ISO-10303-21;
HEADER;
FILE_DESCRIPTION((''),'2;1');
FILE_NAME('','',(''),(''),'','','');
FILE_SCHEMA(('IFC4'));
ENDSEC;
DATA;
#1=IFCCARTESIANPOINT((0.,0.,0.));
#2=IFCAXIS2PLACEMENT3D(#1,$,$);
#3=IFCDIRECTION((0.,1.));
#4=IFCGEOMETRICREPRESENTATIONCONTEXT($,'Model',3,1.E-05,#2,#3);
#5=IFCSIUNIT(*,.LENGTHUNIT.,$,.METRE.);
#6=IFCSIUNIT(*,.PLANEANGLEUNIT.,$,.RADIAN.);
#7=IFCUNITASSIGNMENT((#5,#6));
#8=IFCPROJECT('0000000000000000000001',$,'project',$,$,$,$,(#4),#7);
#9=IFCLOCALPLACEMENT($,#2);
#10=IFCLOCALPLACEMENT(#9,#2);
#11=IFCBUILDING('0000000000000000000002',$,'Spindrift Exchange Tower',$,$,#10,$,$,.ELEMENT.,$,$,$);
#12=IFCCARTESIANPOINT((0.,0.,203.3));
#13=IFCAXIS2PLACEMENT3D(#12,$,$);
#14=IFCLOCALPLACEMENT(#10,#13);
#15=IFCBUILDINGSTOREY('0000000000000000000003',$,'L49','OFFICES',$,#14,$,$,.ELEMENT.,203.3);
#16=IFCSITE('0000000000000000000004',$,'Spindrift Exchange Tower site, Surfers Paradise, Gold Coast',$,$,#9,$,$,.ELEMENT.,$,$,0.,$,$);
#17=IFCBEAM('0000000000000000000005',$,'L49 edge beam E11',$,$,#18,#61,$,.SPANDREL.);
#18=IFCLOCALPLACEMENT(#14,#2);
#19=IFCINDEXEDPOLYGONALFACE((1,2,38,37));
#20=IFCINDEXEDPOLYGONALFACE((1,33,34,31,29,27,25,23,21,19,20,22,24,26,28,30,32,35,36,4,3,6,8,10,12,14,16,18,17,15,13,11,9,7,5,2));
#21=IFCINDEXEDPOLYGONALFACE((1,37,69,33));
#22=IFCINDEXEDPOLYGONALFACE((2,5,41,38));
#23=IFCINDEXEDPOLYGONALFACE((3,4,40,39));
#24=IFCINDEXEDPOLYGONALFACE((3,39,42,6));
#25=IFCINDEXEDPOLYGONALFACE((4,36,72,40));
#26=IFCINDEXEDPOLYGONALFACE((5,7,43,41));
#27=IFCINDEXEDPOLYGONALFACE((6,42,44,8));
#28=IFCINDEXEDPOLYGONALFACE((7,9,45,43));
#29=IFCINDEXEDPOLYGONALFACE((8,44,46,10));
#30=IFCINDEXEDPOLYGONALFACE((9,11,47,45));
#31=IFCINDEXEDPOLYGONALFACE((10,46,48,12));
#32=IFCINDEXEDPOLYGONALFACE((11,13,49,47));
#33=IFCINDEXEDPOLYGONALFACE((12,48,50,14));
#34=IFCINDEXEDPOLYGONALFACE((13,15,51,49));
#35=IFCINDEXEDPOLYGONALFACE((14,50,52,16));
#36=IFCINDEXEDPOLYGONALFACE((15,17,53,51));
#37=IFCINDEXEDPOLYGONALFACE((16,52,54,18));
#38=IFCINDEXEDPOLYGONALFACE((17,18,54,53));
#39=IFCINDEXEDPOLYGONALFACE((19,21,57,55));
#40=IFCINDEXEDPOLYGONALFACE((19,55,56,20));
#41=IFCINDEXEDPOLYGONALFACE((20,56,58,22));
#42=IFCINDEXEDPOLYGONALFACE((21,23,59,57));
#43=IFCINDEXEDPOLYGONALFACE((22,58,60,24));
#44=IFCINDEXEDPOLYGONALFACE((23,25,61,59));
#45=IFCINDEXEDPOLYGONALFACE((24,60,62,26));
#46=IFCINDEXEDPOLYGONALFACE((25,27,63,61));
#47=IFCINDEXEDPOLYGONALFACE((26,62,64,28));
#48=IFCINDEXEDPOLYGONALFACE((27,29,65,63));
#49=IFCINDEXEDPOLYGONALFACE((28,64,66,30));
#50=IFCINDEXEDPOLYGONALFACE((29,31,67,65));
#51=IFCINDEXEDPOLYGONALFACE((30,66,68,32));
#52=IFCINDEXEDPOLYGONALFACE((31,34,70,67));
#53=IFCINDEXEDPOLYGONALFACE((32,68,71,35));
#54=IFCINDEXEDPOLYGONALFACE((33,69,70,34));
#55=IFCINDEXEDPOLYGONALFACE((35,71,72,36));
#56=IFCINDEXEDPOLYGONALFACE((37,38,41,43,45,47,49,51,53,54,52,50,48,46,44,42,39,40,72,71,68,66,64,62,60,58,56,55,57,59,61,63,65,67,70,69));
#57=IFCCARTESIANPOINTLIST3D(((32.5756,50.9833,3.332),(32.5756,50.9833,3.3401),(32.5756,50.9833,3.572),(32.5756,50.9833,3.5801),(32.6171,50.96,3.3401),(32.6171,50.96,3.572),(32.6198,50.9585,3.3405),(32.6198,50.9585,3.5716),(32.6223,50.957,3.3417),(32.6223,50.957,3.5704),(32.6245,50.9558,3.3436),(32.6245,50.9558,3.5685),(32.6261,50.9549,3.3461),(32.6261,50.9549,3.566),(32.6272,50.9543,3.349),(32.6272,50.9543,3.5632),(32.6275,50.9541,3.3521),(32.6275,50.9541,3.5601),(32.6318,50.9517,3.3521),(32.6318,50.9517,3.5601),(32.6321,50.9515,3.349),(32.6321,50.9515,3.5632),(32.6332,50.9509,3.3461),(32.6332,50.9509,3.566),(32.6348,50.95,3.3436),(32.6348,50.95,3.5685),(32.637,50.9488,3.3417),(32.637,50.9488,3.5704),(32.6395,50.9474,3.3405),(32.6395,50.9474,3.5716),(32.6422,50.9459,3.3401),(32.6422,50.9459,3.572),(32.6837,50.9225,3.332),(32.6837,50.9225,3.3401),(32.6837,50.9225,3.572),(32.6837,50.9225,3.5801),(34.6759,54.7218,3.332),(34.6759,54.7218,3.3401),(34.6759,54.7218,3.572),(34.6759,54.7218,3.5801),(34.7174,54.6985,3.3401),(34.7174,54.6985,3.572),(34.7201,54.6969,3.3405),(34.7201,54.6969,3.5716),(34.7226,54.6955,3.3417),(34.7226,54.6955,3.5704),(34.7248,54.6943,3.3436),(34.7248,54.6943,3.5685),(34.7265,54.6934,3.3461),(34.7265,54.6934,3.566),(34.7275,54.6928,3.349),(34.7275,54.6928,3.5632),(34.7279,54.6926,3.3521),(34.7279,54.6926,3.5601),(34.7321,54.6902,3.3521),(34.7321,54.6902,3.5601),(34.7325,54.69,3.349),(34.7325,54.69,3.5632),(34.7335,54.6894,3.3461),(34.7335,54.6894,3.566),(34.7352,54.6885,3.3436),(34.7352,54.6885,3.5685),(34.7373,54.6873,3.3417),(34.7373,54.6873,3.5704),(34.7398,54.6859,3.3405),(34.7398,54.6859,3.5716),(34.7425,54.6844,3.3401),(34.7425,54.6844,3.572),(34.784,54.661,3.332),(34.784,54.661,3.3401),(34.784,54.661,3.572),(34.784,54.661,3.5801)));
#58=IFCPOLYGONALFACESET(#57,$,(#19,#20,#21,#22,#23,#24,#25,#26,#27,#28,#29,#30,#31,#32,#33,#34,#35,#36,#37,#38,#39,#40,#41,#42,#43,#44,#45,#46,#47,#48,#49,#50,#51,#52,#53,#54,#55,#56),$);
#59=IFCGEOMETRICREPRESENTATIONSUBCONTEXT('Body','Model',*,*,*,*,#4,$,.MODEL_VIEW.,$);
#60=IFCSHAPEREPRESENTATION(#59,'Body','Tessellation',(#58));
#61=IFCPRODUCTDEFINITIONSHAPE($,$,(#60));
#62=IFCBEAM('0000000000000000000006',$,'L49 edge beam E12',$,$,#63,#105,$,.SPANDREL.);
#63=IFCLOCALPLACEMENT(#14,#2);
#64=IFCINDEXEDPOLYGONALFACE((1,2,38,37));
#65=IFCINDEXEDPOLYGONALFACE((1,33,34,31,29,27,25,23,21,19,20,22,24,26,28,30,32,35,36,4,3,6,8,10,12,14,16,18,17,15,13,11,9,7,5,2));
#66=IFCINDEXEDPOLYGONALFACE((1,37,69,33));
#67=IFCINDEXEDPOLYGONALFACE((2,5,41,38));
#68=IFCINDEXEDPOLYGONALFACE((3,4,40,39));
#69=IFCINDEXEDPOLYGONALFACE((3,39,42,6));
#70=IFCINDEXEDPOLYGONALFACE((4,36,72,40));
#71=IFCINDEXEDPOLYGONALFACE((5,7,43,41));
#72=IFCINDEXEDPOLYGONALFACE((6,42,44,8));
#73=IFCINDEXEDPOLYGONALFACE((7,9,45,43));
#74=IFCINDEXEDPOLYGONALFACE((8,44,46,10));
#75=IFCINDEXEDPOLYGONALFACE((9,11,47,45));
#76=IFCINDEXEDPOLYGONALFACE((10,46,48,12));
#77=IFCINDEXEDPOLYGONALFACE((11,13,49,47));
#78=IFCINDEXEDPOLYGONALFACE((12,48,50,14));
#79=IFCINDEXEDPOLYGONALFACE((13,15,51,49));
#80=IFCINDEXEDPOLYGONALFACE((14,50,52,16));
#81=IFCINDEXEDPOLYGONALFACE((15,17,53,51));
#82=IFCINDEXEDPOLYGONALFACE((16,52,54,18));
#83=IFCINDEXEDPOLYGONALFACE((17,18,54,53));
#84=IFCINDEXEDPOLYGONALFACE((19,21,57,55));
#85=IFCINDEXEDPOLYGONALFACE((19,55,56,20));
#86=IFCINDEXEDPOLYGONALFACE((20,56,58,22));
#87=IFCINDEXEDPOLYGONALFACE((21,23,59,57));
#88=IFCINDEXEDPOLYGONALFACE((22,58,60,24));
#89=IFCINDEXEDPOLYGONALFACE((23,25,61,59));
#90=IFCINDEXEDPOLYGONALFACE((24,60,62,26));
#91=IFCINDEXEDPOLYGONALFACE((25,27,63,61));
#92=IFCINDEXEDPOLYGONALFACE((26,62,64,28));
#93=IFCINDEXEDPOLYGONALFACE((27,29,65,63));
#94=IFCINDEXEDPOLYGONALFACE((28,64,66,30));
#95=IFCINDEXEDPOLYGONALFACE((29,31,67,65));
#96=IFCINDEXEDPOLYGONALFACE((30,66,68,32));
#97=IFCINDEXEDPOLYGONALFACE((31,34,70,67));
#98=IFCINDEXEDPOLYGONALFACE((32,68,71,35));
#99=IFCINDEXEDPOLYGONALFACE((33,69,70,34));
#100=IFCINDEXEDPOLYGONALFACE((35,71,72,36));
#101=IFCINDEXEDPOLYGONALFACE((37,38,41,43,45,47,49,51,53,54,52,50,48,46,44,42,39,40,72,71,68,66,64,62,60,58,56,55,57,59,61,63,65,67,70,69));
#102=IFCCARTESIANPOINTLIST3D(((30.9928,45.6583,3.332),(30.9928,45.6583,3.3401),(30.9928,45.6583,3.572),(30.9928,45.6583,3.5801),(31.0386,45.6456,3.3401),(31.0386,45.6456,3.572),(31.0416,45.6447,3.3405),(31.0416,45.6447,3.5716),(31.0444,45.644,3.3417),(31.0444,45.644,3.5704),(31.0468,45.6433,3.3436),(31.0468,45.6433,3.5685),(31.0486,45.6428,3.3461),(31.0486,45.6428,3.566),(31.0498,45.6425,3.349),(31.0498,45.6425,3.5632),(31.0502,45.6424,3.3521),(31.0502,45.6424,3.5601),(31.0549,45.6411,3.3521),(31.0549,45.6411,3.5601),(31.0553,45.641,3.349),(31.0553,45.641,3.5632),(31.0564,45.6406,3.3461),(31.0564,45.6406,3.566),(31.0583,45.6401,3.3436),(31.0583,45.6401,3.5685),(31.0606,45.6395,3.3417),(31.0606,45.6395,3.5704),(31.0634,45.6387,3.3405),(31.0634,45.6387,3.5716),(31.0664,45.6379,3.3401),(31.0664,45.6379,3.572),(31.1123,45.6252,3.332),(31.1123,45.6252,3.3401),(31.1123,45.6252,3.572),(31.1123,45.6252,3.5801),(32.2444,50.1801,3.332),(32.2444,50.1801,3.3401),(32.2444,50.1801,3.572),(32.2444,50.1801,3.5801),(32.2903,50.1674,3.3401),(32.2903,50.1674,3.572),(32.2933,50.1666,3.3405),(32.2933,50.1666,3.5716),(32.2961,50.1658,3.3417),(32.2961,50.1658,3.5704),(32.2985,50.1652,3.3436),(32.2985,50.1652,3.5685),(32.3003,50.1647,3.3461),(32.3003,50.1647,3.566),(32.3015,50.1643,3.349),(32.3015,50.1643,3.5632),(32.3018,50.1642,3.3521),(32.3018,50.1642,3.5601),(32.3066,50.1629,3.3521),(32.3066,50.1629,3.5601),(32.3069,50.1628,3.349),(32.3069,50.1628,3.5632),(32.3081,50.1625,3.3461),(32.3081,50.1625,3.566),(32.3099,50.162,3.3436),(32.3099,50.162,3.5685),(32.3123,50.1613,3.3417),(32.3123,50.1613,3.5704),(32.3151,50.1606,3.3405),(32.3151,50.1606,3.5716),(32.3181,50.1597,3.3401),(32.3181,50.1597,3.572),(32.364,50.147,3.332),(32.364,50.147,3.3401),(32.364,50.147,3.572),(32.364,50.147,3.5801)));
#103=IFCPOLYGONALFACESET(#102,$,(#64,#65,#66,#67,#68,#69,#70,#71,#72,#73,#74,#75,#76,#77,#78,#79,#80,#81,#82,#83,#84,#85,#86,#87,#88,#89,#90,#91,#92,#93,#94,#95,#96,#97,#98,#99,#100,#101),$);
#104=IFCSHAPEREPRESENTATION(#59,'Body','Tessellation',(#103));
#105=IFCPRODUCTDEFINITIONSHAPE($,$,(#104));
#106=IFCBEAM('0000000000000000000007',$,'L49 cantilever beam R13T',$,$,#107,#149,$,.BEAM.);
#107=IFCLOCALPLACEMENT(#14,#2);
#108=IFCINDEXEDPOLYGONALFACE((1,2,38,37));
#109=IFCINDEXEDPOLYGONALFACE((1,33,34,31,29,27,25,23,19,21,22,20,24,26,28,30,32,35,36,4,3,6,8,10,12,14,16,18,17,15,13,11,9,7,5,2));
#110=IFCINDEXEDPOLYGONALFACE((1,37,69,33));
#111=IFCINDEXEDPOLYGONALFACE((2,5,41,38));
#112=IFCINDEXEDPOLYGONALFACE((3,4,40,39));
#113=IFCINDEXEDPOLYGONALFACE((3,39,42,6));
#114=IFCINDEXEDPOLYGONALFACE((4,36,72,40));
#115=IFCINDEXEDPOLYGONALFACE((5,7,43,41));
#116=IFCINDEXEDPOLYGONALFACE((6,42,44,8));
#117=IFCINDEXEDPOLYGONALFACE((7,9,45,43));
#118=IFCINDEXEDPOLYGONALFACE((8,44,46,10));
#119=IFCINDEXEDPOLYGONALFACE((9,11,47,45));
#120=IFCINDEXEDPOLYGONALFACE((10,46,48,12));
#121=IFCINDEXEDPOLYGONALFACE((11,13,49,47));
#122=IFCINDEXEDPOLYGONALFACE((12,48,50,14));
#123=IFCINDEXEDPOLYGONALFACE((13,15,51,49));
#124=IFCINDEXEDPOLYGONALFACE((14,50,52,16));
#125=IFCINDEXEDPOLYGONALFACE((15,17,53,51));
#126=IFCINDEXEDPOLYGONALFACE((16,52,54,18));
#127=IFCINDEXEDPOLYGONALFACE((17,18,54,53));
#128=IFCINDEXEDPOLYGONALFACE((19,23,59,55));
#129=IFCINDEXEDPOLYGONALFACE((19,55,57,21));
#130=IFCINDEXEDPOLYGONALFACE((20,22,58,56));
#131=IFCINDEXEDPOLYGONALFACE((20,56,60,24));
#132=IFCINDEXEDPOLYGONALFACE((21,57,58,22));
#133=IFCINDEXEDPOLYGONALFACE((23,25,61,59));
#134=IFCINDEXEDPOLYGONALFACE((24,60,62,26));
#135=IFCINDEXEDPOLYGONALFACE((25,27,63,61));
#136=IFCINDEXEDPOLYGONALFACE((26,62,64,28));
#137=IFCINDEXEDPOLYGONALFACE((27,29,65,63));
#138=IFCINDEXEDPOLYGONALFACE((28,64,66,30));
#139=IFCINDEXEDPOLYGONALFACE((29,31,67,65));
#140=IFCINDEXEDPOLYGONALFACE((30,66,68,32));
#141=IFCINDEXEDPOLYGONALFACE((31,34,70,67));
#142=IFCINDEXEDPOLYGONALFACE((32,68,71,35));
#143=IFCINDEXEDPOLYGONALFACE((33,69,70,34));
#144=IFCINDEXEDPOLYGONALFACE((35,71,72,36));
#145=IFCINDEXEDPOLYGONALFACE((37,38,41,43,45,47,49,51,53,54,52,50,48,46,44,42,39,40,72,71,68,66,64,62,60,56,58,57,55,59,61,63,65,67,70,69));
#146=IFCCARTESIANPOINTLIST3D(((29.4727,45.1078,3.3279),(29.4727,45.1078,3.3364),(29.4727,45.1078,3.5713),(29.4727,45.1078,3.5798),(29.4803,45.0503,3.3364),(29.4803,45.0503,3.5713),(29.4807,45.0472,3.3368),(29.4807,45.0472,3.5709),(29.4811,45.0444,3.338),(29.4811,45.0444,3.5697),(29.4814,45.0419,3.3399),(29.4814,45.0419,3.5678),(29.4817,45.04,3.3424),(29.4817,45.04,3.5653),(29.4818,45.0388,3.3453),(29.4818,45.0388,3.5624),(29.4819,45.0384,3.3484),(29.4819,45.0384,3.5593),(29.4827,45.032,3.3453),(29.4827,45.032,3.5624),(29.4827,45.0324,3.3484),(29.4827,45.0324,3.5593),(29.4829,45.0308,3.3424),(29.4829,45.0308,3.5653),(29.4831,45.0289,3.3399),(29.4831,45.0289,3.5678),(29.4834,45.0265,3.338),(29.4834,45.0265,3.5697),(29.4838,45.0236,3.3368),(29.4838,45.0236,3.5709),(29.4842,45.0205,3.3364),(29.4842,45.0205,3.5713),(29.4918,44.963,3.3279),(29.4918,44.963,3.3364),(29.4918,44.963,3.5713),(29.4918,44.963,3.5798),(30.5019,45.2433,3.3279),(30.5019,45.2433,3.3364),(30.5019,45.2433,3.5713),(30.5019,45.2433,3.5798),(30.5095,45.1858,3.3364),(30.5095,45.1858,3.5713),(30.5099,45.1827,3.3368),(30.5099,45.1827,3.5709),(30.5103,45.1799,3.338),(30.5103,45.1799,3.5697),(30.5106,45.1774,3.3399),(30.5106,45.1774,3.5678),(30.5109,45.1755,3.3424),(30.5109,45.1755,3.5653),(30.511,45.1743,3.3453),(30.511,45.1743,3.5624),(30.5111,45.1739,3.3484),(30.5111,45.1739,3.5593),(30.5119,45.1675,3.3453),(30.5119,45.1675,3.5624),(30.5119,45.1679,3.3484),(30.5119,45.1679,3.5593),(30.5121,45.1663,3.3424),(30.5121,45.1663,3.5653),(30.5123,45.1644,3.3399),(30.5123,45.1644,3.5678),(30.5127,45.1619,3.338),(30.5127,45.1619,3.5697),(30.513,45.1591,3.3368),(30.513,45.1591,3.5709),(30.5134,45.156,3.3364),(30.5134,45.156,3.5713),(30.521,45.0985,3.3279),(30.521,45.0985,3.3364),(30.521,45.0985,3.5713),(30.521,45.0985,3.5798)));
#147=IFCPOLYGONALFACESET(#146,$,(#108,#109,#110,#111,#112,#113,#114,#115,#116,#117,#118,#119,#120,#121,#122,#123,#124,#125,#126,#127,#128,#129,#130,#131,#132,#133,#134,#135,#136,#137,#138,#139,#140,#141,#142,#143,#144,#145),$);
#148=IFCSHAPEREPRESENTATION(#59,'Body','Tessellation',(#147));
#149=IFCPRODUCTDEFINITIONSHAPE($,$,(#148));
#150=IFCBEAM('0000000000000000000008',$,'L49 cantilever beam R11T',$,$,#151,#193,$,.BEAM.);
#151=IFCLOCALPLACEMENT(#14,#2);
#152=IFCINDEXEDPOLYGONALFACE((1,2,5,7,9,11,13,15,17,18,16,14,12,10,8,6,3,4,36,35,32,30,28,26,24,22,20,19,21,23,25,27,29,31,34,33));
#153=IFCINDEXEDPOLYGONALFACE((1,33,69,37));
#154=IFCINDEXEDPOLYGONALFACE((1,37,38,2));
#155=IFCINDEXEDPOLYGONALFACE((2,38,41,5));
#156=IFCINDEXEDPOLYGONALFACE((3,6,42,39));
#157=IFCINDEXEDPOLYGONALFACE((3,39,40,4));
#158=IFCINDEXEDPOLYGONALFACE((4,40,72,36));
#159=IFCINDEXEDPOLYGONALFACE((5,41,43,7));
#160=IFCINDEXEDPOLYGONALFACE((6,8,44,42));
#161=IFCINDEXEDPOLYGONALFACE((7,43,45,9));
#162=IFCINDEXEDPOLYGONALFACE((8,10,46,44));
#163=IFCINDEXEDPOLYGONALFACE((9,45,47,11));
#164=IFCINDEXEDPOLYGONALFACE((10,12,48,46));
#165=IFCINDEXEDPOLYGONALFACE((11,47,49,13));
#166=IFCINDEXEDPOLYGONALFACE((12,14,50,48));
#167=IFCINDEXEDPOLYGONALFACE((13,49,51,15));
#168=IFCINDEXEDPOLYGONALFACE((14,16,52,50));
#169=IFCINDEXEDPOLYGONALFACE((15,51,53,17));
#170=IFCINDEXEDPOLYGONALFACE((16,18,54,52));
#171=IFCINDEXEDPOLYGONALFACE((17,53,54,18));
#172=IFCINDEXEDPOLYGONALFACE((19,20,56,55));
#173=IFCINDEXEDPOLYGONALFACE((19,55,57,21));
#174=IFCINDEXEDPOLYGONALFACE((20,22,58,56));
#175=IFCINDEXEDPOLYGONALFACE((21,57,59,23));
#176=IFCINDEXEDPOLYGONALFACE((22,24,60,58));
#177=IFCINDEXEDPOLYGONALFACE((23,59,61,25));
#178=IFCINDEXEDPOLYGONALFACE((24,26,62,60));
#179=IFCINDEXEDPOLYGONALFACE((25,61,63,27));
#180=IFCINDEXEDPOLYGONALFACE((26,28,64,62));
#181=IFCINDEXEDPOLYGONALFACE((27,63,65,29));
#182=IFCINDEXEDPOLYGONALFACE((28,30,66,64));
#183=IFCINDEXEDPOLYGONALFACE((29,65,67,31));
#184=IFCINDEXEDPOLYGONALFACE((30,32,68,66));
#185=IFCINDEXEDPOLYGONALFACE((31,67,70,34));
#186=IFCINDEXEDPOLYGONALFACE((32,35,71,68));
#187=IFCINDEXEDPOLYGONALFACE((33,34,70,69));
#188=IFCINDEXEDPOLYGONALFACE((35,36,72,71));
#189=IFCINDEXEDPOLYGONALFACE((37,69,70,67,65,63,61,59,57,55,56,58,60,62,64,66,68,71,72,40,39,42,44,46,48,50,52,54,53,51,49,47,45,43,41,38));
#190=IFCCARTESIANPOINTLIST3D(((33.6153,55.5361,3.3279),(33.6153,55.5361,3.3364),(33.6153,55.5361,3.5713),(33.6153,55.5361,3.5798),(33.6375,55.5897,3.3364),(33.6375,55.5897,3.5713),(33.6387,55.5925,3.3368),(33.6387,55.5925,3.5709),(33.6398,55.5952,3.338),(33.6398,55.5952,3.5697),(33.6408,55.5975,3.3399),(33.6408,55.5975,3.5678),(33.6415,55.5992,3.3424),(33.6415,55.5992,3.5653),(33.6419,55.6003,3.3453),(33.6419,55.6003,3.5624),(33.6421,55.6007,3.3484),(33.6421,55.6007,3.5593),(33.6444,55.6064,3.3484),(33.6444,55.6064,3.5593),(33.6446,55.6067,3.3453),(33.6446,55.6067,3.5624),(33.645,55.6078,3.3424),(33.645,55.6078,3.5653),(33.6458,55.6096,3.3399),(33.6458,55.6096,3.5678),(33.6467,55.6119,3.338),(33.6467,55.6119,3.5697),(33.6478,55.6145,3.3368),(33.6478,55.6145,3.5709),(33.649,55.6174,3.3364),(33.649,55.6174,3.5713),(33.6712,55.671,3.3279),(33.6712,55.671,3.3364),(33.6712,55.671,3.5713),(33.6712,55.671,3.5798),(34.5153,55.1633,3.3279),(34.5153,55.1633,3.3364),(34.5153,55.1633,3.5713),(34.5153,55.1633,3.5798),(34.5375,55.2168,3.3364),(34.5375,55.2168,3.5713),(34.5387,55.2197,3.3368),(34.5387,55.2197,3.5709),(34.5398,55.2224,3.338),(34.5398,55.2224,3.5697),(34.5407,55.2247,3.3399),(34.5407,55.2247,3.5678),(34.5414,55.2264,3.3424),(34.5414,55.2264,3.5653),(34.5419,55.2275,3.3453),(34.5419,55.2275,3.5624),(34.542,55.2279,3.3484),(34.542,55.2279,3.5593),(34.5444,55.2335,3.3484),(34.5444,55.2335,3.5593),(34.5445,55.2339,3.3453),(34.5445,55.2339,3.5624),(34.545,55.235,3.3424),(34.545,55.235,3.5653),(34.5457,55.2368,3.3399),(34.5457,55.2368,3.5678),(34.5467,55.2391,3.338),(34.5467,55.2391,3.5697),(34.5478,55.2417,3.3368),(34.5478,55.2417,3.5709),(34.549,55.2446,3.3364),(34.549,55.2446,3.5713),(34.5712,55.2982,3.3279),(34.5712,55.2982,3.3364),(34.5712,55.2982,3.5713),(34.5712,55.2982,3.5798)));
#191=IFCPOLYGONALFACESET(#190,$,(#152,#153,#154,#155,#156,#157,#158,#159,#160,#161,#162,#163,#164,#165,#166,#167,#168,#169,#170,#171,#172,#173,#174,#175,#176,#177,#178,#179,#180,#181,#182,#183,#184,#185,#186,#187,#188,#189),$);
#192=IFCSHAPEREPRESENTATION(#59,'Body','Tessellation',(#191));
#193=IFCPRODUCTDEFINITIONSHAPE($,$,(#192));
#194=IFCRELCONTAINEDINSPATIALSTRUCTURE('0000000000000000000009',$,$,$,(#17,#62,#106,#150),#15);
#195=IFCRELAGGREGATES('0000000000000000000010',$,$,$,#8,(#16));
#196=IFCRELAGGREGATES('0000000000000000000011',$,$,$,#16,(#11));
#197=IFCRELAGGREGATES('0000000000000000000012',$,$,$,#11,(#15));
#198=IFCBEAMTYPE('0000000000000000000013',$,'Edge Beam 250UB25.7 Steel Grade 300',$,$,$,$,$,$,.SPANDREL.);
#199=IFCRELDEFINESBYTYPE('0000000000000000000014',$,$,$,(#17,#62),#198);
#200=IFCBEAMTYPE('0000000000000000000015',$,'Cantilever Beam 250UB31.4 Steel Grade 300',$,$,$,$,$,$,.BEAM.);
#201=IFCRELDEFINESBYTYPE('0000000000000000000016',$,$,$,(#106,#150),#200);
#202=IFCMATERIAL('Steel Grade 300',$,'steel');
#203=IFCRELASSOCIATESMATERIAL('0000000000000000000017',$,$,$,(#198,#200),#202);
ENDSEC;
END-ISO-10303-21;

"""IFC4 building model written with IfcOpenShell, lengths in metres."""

from ifc_helpers import new_model, si_unit, direction, frame, origin, origin_2d, place, context, subcontext, project, spatial, i_section, extrude, source, transform, mapped, material, material_profile, profile_set, type_object, element, save


model = new_model("IFC4")

# Units and contexts
model_context = context("Model", 3, precision=1e-05, world=origin(), true_north=direction((0.0, 1.0)))
body_context = subcontext(model_context, "Body", "Model", "MODEL_VIEW")
ifc_project = project(units=[si_unit("LENGTHUNIT", "METRE"), si_unit("PLANEANGLEUNIT", "RADIAN")], contexts=[model_context])

# Site, building, storey
site_placement = place(None, origin())
site = spatial("IfcSite", under=ifc_project, at=site_placement, Name="Spindrift Exchange Tower site, Surfers Paradise, Gold Coast", CompositionType="ELEMENT", RefElevation=0.0)
building_placement = place(site_placement, origin())
building = spatial("IfcBuilding", under=site, at=building_placement, Name="Spindrift Exchange Tower", CompositionType="ELEMENT")
storey_placement = place(building_placement, frame((0.0, 0.0, 203.3)))
storey = spatial("IfcBuildingStorey", under=building, at=storey_placement, Name="L49", Description="OFFICES", CompositionType="ELEMENT", Elevation=203.3)

# Beams
ifc_material_1 = material(Name="Steel Grade 300", Category="steel")
ifc_material_profile_1 = material_profile(ifc_material_1, i_section(OverallWidth=0.124, OverallDepth=0.248, WebThickness=0.0049, FlangeThickness=0.0081, FilletRadius=0.012, at=origin_2d()), Name="250UB25.7")
ifc_profile_set_1 = profile_set([ifc_material_profile_1], Name="Steel Grade 300")
beam_type_1 = type_object("IfcBeamType", Name="Edge Beam 250UB25.7 Steel Grade 300", PredefinedType="SPANDREL", material=ifc_profile_set_1)
shared_shape_1 = source(origin(), body_context, "Body", "SweptSolid", [
    extrude(i_section(OverallWidth=0.124, OverallDepth=0.248, WebThickness=0.0049, FlangeThickness=0.0081, FilletRadius=0.012, at=origin_2d()), origin(), (0.0, 0.0, 1.0), 4.2881),
])
beam_1_placement = place(storey_placement, frame((34.73, 54.6914, 3.4561), z_axis=(-0.489804, -0.871832, 0.0), x_axis=(0.871832, -0.489804, 0.0)))
element("IfcBeam", 1, at=beam_1_placement, inside=storey, type_object=beam_type_1, Name="L49 edge beam E11", PredefinedType="SPANDREL", context=body_context, shape_type="MappedRepresentation", body=[
    mapped(shared_shape_1, transform((0.0, 0.0, 0.0), scale=1.0)),
])
shared_shape_2 = source(origin(), body_context, "Body", "SweptSolid", [
    extrude(i_section(OverallWidth=0.124, OverallDepth=0.248, WebThickness=0.0049, FlangeThickness=0.0081, FilletRadius=0.012, at=origin_2d()), origin(), (0.0, 0.0, 1.0), 4.6919),
])
beam_2_placement = place(storey_placement, frame((32.3042, 50.1636, 3.4561), z_axis=(-0.266774, -0.963759, 0.0), x_axis=(0.963759, -0.266774, 0.0)))
element("IfcBeam", 2, at=beam_2_placement, inside=storey, type_object=beam_type_1, Name="L49 edge beam E12", PredefinedType="SPANDREL", context=body_context, shape_type="MappedRepresentation", body=[
    mapped(shared_shape_2, transform((0.0, 0.0, 0.0), scale=1.0)),
])
ifc_material_profile_2 = material_profile(ifc_material_1, i_section(OverallWidth=0.146, OverallDepth=0.252, WebThickness=0.0061, FlangeThickness=0.0085, FilletRadius=0.012, at=origin_2d()), Name="250UB31.4")
ifc_profile_set_2 = profile_set([ifc_material_profile_2], Name="Steel Grade 300")
beam_type_2 = type_object("IfcBeamType", Name="Cantilever Beam 250UB31.4 Steel Grade 300", PredefinedType="BEAM", material=ifc_profile_set_2)
shared_shape_3 = source(origin(), body_context, "Body", "SweptSolid", [
    extrude(i_section(OverallWidth=0.146, OverallDepth=0.252, WebThickness=0.0061, FlangeThickness=0.0085, FilletRadius=0.012, at=origin_2d()), origin(), (0.0, 0.0, 1.0), 1.0381),
])
beam_3_placement = place(storey_placement, frame((30.5115, 45.1709, 3.4539), z_axis=(-0.991446, -0.130515, 0.0), x_axis=(0.130515, -0.991446, 0.0)))
element("IfcBeam", 3, at=beam_3_placement, inside=storey, type_object=beam_type_2, Name="L49 cantilever beam R13T", PredefinedType="BEAM", context=body_context, shape_type="MappedRepresentation", body=[
    mapped(shared_shape_3, transform((0.0, 0.0, 0.0), scale=1.0)),
])
shared_shape_4 = source(origin(), body_context, "Body", "SweptSolid", [
    extrude(i_section(OverallWidth=0.146, OverallDepth=0.252, WebThickness=0.0061, FlangeThickness=0.0085, FilletRadius=0.012, at=origin_2d()), origin(), (0.0, 0.0, 1.0), 0.9741),
])
beam_4_placement = place(storey_placement, frame((34.5432, 55.2307, 3.4539), z_axis=(-0.923861, 0.382728, 0.0), x_axis=(-0.382728, -0.923861, 0.0)))
element("IfcBeam", 4, at=beam_4_placement, inside=storey, type_object=beam_type_2, Name="L49 cantilever beam R11T", PredefinedType="BEAM", context=body_context, shape_type="MappedRepresentation", body=[
    mapped(shared_shape_4, transform((0.0, 0.0, 0.0), scale=1.0)),
])

save(model, "model.ifc")
